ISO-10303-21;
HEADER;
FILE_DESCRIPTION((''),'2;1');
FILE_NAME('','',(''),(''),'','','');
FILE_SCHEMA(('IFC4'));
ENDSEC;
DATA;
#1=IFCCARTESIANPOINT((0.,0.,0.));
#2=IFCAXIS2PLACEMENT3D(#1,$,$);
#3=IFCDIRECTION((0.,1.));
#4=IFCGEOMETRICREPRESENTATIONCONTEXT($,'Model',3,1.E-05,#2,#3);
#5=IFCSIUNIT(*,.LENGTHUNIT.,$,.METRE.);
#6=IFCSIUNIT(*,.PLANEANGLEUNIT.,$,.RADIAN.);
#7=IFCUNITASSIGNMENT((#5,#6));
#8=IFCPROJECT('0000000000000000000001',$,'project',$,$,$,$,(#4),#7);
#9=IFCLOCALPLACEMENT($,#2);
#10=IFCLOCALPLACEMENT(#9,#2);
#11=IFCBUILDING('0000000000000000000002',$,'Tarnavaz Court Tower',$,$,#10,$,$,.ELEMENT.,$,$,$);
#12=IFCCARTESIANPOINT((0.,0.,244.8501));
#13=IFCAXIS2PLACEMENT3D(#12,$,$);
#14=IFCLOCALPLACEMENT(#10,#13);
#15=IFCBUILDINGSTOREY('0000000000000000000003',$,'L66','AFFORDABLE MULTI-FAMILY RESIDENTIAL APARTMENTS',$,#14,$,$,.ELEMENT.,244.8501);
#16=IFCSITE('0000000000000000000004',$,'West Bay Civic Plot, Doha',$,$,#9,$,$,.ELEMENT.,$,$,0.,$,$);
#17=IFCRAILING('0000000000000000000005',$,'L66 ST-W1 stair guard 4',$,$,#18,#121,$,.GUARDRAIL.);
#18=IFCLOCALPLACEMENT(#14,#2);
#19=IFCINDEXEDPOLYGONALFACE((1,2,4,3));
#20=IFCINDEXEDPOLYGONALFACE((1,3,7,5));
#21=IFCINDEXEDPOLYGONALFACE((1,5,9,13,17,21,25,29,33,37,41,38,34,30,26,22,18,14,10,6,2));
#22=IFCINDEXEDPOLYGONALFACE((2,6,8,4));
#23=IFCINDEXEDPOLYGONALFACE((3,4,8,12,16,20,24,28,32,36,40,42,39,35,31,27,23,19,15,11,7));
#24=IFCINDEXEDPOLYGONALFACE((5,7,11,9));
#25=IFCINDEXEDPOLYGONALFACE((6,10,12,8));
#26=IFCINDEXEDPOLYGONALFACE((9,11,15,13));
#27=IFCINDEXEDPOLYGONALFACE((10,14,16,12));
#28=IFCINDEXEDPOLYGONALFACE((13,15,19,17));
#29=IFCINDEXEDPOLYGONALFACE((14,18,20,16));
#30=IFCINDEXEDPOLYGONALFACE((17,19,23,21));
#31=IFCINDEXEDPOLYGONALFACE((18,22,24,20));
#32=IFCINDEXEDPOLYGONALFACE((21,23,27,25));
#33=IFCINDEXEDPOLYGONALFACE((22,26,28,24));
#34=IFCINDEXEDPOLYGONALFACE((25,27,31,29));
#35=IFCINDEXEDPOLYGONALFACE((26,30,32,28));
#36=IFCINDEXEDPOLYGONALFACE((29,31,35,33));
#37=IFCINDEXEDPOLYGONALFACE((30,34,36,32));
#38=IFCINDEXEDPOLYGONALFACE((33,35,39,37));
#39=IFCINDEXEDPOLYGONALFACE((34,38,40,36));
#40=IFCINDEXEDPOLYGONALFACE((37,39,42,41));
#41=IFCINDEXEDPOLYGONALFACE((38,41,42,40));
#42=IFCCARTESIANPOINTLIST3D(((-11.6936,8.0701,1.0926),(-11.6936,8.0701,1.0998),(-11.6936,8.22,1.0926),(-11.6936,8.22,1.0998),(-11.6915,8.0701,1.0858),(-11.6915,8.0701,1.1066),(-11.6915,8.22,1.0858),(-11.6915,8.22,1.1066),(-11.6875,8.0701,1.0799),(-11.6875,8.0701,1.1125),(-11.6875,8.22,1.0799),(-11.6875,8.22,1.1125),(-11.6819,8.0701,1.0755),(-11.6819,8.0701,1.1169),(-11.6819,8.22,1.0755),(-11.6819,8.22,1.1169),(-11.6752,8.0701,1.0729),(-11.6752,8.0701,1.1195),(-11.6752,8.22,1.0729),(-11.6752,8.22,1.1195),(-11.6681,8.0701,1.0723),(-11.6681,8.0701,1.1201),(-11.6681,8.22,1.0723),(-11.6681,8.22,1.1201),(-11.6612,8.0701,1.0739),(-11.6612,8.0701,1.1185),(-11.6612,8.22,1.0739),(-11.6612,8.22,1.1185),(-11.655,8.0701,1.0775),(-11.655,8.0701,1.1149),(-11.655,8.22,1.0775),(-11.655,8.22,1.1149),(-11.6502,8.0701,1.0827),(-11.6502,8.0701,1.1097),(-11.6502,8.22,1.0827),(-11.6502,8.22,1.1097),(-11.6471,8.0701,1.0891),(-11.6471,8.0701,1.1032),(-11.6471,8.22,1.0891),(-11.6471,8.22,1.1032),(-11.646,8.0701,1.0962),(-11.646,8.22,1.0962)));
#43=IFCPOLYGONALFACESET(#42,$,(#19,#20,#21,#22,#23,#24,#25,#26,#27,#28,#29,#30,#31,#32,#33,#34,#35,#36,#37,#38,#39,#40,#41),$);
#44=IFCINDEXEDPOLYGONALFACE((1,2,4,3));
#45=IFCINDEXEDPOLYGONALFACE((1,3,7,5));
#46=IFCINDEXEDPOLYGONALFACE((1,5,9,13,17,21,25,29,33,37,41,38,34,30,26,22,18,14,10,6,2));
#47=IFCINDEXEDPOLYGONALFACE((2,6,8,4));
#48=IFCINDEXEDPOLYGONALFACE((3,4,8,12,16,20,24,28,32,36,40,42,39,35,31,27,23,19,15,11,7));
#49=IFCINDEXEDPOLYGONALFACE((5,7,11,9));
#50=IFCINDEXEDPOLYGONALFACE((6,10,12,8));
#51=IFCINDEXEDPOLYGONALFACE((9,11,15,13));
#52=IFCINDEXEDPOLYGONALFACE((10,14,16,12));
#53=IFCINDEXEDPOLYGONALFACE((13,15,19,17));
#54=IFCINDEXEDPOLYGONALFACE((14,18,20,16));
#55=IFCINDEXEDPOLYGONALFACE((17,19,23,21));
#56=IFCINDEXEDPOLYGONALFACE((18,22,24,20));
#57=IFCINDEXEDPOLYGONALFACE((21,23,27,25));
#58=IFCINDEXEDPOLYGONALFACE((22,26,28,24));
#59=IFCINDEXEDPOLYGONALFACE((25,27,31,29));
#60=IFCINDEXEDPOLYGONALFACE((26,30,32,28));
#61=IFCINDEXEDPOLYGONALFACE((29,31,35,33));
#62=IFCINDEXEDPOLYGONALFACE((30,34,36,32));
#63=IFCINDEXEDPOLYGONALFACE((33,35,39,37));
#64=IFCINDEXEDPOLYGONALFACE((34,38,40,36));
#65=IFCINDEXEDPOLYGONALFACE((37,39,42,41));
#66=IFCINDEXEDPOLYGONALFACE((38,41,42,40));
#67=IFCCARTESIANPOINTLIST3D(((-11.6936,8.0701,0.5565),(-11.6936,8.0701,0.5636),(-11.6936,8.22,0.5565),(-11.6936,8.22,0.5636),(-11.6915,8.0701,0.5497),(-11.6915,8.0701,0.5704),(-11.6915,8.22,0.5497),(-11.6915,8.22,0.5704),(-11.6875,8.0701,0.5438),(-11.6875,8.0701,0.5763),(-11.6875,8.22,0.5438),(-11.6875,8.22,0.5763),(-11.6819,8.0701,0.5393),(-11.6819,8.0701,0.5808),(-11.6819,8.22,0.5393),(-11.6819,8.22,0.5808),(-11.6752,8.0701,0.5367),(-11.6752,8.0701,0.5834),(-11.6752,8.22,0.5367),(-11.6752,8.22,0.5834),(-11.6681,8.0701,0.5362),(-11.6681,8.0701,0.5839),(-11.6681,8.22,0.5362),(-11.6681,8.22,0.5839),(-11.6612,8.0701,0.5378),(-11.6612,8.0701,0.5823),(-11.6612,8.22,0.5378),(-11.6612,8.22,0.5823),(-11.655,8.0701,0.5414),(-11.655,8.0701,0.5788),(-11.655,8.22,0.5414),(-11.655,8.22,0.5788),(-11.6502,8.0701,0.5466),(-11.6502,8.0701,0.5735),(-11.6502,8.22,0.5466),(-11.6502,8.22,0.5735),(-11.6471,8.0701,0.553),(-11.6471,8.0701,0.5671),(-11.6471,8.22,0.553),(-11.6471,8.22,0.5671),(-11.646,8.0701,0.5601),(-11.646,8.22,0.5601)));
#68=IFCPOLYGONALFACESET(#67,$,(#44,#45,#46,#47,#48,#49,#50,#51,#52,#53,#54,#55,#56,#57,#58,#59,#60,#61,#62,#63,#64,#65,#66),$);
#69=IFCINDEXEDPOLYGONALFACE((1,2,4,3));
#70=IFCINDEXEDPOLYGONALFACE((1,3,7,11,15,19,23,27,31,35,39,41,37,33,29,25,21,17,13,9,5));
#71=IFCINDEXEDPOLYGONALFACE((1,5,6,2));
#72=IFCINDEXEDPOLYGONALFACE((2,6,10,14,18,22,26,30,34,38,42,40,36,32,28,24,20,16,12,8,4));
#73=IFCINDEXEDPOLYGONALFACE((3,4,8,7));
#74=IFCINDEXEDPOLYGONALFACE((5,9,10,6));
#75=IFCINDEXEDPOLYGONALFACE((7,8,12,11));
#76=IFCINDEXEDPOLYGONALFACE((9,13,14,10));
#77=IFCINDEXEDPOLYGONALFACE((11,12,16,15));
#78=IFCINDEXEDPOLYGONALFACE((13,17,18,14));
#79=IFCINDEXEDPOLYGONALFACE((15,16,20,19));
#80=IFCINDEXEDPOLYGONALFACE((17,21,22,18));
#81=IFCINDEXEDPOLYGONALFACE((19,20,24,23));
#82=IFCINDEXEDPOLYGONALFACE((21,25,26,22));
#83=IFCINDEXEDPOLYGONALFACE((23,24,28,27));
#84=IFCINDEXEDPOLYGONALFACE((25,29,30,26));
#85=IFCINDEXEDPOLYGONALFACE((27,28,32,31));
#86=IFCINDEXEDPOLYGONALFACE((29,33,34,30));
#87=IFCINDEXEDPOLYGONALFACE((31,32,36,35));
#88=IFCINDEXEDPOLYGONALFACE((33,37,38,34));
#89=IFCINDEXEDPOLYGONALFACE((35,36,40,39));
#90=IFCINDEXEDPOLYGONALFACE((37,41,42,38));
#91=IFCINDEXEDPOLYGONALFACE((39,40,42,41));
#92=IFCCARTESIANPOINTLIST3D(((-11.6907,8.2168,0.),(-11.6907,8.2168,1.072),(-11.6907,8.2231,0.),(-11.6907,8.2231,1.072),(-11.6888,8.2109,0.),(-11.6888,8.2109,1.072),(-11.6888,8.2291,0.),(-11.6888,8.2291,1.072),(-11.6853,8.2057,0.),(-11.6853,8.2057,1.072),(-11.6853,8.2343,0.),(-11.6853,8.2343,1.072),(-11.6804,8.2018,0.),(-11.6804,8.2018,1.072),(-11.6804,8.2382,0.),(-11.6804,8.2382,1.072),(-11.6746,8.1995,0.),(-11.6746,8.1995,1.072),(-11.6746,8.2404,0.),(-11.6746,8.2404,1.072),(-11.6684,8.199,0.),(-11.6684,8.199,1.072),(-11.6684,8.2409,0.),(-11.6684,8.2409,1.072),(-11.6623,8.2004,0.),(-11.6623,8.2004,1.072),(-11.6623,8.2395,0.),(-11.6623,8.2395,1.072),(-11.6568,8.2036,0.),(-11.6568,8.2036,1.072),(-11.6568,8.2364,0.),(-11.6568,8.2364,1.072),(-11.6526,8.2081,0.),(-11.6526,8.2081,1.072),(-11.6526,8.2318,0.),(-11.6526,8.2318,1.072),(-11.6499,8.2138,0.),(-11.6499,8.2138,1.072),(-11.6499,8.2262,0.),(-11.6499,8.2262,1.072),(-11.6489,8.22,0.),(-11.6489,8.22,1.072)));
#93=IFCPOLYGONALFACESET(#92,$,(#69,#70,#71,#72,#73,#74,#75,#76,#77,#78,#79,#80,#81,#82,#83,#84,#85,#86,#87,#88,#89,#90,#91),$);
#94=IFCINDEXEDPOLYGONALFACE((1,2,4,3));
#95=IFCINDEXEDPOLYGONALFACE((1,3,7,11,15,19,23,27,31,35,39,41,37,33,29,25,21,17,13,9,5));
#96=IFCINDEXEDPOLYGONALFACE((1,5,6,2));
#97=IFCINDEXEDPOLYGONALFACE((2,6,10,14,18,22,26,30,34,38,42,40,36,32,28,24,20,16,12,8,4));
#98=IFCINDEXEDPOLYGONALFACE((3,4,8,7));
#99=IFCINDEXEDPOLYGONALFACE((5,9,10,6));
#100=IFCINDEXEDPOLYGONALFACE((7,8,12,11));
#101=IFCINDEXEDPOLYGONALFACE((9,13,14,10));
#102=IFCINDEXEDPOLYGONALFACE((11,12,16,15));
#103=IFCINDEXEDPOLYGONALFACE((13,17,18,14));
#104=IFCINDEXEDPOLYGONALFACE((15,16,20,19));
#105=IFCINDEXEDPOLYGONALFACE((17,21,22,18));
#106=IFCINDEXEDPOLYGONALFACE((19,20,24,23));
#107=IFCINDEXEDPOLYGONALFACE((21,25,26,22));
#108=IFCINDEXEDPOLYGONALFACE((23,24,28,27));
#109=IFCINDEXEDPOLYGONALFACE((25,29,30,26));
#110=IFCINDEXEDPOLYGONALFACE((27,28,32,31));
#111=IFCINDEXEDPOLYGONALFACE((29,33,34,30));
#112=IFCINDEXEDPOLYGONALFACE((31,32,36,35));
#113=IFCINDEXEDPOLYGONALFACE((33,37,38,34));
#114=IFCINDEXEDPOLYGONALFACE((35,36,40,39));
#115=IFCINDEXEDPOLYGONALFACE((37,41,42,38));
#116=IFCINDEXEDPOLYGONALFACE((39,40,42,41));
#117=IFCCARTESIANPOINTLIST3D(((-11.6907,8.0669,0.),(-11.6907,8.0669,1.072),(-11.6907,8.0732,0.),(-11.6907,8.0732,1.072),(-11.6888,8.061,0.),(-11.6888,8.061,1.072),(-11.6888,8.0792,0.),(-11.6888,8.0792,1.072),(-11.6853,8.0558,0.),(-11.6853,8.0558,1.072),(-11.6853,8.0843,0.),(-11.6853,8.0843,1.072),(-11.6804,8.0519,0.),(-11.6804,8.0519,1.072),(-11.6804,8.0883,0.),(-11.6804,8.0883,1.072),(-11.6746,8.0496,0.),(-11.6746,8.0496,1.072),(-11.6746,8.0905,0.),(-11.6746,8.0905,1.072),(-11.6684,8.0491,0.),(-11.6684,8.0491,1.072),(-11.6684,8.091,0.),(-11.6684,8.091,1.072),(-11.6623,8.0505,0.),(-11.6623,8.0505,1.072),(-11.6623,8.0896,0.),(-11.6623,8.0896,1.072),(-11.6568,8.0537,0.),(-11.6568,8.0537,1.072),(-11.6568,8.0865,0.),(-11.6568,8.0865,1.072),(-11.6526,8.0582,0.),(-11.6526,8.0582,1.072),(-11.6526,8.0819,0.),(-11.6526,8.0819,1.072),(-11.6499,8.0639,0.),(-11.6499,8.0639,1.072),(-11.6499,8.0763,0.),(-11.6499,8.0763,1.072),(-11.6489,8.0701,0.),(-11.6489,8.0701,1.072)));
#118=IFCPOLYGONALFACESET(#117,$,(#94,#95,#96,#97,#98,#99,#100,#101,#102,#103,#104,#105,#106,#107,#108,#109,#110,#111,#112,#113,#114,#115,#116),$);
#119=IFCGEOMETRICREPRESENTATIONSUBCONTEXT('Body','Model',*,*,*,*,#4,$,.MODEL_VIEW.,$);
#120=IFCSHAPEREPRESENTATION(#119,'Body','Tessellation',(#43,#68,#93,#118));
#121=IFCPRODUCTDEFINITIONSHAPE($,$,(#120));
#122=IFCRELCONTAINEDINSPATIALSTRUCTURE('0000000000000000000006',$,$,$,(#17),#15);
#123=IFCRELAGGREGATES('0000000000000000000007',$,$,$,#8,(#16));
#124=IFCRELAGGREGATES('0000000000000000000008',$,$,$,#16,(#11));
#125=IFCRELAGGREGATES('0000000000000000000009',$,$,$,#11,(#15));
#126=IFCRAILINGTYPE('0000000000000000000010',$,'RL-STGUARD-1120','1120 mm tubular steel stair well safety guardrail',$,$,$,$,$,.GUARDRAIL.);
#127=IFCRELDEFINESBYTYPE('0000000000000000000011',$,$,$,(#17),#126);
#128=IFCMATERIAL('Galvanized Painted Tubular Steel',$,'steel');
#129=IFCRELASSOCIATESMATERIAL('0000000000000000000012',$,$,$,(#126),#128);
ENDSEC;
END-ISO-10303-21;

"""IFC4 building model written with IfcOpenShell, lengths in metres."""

from ifc_helpers import new_model, si_unit, direction, frame, origin, origin_2d, place, context, subcontext, project, spatial, circle, extrude, material, type_object, element, save


model = new_model("IFC4")

# Units and contexts
model_context = context("Model", 3, precision=1e-05, world=origin(), true_north=direction((0.0, 1.0)))
body_context = subcontext(model_context, "Body", "Model", "MODEL_VIEW")
ifc_project = project(units=[si_unit("LENGTHUNIT", "METRE"), si_unit("PLANEANGLEUNIT", "RADIAN")], contexts=[model_context])

# Site, building, storey
site_placement = place(None, origin())
site = spatial("IfcSite", under=ifc_project, at=site_placement, Name="West Bay Civic Plot, Doha", CompositionType="ELEMENT", RefElevation=0.0)
building_placement = place(site_placement, origin())
building = spatial("IfcBuilding", under=site, at=building_placement, Name="Tarnavaz Court Tower", CompositionType="ELEMENT")
storey_placement = place(building_placement, frame((0.0, 0.0, 244.8501)))
storey = spatial("IfcBuildingStorey", under=building, at=storey_placement, Name="L66", Description="AFFORDABLE MULTI-FAMILY RESIDENTIAL APARTMENTS", CompositionType="ELEMENT", Elevation=244.8501)

# Railing
ifc_material_1 = material(Name="Galvanized Painted Tubular Steel", Category="steel")
railing_type_1 = type_object("IfcRailingType", Name="RL-STGUARD-1120", Description="1120 mm tubular steel stair well safety guardrail", PredefinedType="GUARDRAIL", material=ifc_material_1)
railing_1_placement = place(storey_placement, frame((-11.6699, 8.22, 0.0)))
element("IfcRailing", 1, at=railing_1_placement, inside=storey, type_object=railing_type_1, Name="L66 ST-W1 stair guard 4", PredefinedType="GUARDRAIL", context=body_context, shape_type="SweptSolid", body=[
    extrude(circle(Radius=0.0239, at=origin_2d()), frame((0.0, 0.0, 1.0962), z_axis=(0.0, -1.0, 0.0), x_axis=(1.0, 0.0, 0.0)), (0.0, 0.0, 1.0), 0.1499),
    extrude(circle(Radius=0.0239, at=origin_2d()), frame((0.0, 0.0, 0.5601), z_axis=(0.0, -1.0, 0.0), x_axis=(1.0, 0.0, 0.0)), (0.0, 0.0, 1.0), 0.1499),
    extrude(circle(Radius=0.021, at=origin_2d()), origin(), (0.0, 0.0, 1.0), 1.072),
    extrude(circle(Radius=0.021, at=origin_2d()), frame((0.0, -0.1499, 0.0)), (0.0, 0.0, 1.0), 1.072),
])

save(model, "model.ifc")
